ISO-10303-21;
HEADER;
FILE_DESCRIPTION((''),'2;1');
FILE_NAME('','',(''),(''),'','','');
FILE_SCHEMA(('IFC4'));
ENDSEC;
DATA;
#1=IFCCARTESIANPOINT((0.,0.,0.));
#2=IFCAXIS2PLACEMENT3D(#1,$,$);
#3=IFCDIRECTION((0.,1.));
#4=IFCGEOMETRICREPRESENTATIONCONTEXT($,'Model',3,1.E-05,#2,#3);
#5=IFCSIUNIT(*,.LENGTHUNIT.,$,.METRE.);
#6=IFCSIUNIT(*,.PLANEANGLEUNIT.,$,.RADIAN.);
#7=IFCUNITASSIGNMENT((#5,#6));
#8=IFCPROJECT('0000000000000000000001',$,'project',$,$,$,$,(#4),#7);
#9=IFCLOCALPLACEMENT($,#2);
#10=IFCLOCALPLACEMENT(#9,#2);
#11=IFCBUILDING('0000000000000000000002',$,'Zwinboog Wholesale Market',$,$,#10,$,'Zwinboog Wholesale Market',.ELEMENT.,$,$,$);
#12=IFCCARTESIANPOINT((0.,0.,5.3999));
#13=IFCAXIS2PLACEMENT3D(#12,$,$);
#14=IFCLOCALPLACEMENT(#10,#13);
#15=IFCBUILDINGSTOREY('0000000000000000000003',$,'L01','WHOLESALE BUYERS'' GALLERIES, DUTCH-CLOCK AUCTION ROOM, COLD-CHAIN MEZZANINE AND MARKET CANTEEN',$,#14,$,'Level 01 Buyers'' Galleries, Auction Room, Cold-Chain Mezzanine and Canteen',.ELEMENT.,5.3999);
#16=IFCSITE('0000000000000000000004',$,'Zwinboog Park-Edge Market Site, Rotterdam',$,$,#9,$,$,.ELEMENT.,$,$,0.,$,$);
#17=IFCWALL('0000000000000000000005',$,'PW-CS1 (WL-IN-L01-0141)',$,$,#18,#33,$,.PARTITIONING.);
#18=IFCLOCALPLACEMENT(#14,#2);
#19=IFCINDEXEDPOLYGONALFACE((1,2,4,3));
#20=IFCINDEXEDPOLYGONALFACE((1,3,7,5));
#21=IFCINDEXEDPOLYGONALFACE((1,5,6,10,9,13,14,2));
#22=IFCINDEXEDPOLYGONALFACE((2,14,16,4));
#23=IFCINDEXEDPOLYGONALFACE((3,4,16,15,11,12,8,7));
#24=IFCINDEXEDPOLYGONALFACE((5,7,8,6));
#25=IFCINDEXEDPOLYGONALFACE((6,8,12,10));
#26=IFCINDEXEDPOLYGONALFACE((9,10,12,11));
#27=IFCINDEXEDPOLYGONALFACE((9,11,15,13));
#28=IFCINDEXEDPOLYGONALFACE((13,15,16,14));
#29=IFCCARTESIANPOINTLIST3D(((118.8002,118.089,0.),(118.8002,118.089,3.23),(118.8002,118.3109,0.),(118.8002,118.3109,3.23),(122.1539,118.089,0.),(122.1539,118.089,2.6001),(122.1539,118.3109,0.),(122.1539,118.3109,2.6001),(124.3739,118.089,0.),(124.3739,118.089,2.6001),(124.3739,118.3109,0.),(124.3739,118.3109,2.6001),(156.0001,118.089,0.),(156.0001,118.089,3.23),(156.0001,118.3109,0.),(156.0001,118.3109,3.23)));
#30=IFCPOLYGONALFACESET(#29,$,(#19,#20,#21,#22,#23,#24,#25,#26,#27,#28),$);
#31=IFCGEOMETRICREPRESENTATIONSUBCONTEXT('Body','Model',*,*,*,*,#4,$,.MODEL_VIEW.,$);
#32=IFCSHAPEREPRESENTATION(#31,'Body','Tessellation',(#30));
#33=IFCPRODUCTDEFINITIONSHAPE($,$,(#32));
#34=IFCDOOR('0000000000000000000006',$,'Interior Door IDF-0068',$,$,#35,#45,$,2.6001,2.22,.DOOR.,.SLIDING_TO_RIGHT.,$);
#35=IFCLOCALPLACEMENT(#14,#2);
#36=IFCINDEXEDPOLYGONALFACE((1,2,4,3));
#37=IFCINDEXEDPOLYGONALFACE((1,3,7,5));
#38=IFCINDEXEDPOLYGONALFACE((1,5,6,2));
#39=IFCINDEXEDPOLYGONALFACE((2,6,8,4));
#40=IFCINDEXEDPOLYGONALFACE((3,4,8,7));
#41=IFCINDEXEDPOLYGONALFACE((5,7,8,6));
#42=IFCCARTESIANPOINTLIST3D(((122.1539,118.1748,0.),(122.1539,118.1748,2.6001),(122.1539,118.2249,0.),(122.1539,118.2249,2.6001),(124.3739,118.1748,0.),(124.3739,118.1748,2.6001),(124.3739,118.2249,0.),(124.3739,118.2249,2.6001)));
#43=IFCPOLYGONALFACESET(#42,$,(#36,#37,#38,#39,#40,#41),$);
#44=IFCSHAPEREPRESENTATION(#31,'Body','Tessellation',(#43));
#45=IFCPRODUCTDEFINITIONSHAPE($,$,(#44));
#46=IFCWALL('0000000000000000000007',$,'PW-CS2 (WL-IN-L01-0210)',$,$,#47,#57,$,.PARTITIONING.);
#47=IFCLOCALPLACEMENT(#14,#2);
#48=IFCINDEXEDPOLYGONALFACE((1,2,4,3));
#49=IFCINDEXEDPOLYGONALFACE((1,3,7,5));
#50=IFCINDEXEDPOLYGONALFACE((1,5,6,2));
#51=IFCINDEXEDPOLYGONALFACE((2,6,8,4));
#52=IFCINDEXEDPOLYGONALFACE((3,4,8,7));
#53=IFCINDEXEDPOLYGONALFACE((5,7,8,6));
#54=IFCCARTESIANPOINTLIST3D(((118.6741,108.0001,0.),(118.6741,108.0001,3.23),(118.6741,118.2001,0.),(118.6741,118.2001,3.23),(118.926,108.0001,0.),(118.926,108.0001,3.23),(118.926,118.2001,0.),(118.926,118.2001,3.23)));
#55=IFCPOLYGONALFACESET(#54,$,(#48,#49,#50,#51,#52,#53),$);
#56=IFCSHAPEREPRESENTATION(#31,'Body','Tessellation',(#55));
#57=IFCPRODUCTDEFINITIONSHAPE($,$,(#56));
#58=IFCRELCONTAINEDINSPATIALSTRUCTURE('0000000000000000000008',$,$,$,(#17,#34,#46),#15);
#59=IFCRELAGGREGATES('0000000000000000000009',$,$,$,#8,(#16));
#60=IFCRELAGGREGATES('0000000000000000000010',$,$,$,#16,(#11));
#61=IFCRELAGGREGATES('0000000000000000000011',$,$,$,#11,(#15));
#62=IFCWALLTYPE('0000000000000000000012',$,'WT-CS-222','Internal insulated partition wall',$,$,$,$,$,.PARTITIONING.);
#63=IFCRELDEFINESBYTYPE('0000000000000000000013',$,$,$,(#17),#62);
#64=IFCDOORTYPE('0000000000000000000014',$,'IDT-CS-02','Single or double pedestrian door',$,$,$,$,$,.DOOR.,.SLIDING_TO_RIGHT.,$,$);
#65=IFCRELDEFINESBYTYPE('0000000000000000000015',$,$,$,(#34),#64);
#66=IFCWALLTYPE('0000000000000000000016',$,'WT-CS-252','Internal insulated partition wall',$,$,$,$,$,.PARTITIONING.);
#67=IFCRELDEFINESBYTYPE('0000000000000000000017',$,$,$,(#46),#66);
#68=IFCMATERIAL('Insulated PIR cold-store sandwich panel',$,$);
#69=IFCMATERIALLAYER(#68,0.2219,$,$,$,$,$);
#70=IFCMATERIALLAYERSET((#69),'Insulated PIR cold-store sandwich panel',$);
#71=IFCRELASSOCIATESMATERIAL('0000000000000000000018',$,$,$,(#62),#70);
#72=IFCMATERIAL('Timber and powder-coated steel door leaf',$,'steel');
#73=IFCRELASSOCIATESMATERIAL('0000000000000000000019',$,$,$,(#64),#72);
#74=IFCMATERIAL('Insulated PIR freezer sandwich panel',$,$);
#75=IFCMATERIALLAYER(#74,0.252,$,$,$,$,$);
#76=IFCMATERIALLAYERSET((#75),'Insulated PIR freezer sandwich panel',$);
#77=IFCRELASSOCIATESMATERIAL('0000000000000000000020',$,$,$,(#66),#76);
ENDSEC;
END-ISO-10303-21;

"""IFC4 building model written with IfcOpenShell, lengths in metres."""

from ifc_helpers import new_model, si_unit, direction, frame, frame_2d, origin, place, context, subcontext, project, spatial, rectangle, extrude, material, layer, layer_set, type_object, element, fill, save


model = new_model("IFC4")

# Units and contexts
model_context = context("Model", 3, precision=1e-05, world=origin(), true_north=direction((0.0, 1.0)))
body_context = subcontext(model_context, "Body", "Model", "MODEL_VIEW")
ifc_project = project(units=[si_unit("LENGTHUNIT", "METRE"), si_unit("PLANEANGLEUNIT", "RADIAN")], contexts=[model_context])

# Site, building, storey
site_placement = place(None, origin())
site = spatial("IfcSite", under=ifc_project, at=site_placement, Name="Zwinboog Park-Edge Market Site, Rotterdam", CompositionType="ELEMENT", RefElevation=0.0)
building_placement = place(site_placement, origin())
building = spatial("IfcBuilding", under=site, at=building_placement, Name="Zwinboog Wholesale Market", LongName="Zwinboog Wholesale Market", CompositionType="ELEMENT")
storey_placement = place(building_placement, frame((0.0, 0.0, 5.3999)))
storey = spatial("IfcBuildingStorey", under=building, at=storey_placement, Name="L01", Description="WHOLESALE BUYERS' GALLERIES, DUTCH-CLOCK AUCTION ROOM, COLD-CHAIN MEZZANINE AND MARKET CANTEEN", LongName="Level 01 Buyers' Galleries, Auction Room, Cold-Chain Mezzanine and Canteen", CompositionType="ELEMENT", Elevation=5.3999)

# Wall, opening, door
ifc_material_1 = material(Name="Insulated PIR cold-store sandwich panel")
ifc_layer_1 = layer(ifc_material_1, 0.2219)
ifc_layer_set_1 = layer_set([ifc_layer_1], Name="Insulated PIR cold-store sandwich panel")
wall_type_1 = type_object("IfcWallType", Name="WT-CS-222", Description="Internal insulated partition wall", PredefinedType="PARTITIONING", material=ifc_layer_set_1)
wall_1_placement = place(storey_placement, frame((118.8, 118.2, 0.0), z_axis=(0.0, 0.0, 1.0), x_axis=(1.0, 0.0, 0.0)))
wall_1 = element("IfcWall", 1, at=wall_1_placement, inside=storey, type_object=wall_type_1, Name="PW-CS1 (WL-IN-L01-0141)", PredefinedType="PARTITIONING", context=body_context, shape_type="SweptSolid", body=[
    extrude(rectangle(XDim=37.2, YDim=0.2219, at=frame_2d((18.6001, 0.0))), origin(), (0.0, 0.0, 1.0), 3.23),
])
opening_placement = place(wall_1_placement, frame((3.354, 0.0, 0.0)))
opening = element("IfcOpeningElement", 2, at=opening_placement, cuts=wall_1, PredefinedType="OPENING", context=body_context, shape_type="SweptSolid", body=[
    extrude(rectangle(XDim=2.22, YDim=2.6001, at=frame_2d((1.1099, 1.3))), frame((0.0, 0.1208, 0.0), z_axis=(0.0, -1.0, 0.0), x_axis=(1.0, 0.0, 0.0)), (0.0, 0.0, 1.0), 0.2419),
])
ifc_material_2 = material(Name="Timber and powder-coated steel door leaf", Category="steel")
door_type = type_object("IfcDoorType", Name="IDT-CS-02", Description="Single or double pedestrian door", OperationType="SLIDING_TO_RIGHT", PredefinedType="DOOR", material=ifc_material_2)
door_placement = place(opening_placement, origin())
door = element("IfcDoor", 3, at=door_placement, inside=storey, type_object=door_type, Name="Interior Door IDF-0068", OperationType="SLIDING_TO_RIGHT", OverallHeight=2.6001, OverallWidth=2.22, PredefinedType="DOOR", context=body_context, shape_type="SweptSolid", body=[
    extrude(rectangle(XDim=2.22, YDim=2.6001, at=frame_2d((1.1099, 1.3))), frame((0.0, 0.0249, 0.0), z_axis=(0.0, -1.0, 0.0), x_axis=(1.0, 0.0, 0.0)), (0.0, 0.0, 1.0), 0.05),
])
fill(opening, door)

# Wall
ifc_material_3 = material(Name="Insulated PIR freezer sandwich panel")
ifc_layer_2 = layer(ifc_material_3, 0.252)
ifc_layer_set_2 = layer_set([ifc_layer_2], Name="Insulated PIR freezer sandwich panel")
wall_type_2 = type_object("IfcWallType", Name="WT-CS-252", Description="Internal insulated partition wall", PredefinedType="PARTITIONING", material=ifc_layer_set_2)
wall_2_placement = place(storey_placement, frame((118.8, 108.0, 0.0), z_axis=(0.0, 0.0, 1.0), x_axis=(0.0, 1.0, 0.0)))
element("IfcWall", 4, at=wall_2_placement, inside=storey, type_object=wall_type_2, Name="PW-CS2 (WL-IN-L01-0210)", PredefinedType="PARTITIONING", context=body_context, shape_type="SweptSolid", body=[
    extrude(rectangle(XDim=10.2, YDim=0.252, at=frame_2d((5.1001, 0.0))), origin(), (0.0, 0.0, 1.0), 3.23),
])

save(model, "model.ifc")
